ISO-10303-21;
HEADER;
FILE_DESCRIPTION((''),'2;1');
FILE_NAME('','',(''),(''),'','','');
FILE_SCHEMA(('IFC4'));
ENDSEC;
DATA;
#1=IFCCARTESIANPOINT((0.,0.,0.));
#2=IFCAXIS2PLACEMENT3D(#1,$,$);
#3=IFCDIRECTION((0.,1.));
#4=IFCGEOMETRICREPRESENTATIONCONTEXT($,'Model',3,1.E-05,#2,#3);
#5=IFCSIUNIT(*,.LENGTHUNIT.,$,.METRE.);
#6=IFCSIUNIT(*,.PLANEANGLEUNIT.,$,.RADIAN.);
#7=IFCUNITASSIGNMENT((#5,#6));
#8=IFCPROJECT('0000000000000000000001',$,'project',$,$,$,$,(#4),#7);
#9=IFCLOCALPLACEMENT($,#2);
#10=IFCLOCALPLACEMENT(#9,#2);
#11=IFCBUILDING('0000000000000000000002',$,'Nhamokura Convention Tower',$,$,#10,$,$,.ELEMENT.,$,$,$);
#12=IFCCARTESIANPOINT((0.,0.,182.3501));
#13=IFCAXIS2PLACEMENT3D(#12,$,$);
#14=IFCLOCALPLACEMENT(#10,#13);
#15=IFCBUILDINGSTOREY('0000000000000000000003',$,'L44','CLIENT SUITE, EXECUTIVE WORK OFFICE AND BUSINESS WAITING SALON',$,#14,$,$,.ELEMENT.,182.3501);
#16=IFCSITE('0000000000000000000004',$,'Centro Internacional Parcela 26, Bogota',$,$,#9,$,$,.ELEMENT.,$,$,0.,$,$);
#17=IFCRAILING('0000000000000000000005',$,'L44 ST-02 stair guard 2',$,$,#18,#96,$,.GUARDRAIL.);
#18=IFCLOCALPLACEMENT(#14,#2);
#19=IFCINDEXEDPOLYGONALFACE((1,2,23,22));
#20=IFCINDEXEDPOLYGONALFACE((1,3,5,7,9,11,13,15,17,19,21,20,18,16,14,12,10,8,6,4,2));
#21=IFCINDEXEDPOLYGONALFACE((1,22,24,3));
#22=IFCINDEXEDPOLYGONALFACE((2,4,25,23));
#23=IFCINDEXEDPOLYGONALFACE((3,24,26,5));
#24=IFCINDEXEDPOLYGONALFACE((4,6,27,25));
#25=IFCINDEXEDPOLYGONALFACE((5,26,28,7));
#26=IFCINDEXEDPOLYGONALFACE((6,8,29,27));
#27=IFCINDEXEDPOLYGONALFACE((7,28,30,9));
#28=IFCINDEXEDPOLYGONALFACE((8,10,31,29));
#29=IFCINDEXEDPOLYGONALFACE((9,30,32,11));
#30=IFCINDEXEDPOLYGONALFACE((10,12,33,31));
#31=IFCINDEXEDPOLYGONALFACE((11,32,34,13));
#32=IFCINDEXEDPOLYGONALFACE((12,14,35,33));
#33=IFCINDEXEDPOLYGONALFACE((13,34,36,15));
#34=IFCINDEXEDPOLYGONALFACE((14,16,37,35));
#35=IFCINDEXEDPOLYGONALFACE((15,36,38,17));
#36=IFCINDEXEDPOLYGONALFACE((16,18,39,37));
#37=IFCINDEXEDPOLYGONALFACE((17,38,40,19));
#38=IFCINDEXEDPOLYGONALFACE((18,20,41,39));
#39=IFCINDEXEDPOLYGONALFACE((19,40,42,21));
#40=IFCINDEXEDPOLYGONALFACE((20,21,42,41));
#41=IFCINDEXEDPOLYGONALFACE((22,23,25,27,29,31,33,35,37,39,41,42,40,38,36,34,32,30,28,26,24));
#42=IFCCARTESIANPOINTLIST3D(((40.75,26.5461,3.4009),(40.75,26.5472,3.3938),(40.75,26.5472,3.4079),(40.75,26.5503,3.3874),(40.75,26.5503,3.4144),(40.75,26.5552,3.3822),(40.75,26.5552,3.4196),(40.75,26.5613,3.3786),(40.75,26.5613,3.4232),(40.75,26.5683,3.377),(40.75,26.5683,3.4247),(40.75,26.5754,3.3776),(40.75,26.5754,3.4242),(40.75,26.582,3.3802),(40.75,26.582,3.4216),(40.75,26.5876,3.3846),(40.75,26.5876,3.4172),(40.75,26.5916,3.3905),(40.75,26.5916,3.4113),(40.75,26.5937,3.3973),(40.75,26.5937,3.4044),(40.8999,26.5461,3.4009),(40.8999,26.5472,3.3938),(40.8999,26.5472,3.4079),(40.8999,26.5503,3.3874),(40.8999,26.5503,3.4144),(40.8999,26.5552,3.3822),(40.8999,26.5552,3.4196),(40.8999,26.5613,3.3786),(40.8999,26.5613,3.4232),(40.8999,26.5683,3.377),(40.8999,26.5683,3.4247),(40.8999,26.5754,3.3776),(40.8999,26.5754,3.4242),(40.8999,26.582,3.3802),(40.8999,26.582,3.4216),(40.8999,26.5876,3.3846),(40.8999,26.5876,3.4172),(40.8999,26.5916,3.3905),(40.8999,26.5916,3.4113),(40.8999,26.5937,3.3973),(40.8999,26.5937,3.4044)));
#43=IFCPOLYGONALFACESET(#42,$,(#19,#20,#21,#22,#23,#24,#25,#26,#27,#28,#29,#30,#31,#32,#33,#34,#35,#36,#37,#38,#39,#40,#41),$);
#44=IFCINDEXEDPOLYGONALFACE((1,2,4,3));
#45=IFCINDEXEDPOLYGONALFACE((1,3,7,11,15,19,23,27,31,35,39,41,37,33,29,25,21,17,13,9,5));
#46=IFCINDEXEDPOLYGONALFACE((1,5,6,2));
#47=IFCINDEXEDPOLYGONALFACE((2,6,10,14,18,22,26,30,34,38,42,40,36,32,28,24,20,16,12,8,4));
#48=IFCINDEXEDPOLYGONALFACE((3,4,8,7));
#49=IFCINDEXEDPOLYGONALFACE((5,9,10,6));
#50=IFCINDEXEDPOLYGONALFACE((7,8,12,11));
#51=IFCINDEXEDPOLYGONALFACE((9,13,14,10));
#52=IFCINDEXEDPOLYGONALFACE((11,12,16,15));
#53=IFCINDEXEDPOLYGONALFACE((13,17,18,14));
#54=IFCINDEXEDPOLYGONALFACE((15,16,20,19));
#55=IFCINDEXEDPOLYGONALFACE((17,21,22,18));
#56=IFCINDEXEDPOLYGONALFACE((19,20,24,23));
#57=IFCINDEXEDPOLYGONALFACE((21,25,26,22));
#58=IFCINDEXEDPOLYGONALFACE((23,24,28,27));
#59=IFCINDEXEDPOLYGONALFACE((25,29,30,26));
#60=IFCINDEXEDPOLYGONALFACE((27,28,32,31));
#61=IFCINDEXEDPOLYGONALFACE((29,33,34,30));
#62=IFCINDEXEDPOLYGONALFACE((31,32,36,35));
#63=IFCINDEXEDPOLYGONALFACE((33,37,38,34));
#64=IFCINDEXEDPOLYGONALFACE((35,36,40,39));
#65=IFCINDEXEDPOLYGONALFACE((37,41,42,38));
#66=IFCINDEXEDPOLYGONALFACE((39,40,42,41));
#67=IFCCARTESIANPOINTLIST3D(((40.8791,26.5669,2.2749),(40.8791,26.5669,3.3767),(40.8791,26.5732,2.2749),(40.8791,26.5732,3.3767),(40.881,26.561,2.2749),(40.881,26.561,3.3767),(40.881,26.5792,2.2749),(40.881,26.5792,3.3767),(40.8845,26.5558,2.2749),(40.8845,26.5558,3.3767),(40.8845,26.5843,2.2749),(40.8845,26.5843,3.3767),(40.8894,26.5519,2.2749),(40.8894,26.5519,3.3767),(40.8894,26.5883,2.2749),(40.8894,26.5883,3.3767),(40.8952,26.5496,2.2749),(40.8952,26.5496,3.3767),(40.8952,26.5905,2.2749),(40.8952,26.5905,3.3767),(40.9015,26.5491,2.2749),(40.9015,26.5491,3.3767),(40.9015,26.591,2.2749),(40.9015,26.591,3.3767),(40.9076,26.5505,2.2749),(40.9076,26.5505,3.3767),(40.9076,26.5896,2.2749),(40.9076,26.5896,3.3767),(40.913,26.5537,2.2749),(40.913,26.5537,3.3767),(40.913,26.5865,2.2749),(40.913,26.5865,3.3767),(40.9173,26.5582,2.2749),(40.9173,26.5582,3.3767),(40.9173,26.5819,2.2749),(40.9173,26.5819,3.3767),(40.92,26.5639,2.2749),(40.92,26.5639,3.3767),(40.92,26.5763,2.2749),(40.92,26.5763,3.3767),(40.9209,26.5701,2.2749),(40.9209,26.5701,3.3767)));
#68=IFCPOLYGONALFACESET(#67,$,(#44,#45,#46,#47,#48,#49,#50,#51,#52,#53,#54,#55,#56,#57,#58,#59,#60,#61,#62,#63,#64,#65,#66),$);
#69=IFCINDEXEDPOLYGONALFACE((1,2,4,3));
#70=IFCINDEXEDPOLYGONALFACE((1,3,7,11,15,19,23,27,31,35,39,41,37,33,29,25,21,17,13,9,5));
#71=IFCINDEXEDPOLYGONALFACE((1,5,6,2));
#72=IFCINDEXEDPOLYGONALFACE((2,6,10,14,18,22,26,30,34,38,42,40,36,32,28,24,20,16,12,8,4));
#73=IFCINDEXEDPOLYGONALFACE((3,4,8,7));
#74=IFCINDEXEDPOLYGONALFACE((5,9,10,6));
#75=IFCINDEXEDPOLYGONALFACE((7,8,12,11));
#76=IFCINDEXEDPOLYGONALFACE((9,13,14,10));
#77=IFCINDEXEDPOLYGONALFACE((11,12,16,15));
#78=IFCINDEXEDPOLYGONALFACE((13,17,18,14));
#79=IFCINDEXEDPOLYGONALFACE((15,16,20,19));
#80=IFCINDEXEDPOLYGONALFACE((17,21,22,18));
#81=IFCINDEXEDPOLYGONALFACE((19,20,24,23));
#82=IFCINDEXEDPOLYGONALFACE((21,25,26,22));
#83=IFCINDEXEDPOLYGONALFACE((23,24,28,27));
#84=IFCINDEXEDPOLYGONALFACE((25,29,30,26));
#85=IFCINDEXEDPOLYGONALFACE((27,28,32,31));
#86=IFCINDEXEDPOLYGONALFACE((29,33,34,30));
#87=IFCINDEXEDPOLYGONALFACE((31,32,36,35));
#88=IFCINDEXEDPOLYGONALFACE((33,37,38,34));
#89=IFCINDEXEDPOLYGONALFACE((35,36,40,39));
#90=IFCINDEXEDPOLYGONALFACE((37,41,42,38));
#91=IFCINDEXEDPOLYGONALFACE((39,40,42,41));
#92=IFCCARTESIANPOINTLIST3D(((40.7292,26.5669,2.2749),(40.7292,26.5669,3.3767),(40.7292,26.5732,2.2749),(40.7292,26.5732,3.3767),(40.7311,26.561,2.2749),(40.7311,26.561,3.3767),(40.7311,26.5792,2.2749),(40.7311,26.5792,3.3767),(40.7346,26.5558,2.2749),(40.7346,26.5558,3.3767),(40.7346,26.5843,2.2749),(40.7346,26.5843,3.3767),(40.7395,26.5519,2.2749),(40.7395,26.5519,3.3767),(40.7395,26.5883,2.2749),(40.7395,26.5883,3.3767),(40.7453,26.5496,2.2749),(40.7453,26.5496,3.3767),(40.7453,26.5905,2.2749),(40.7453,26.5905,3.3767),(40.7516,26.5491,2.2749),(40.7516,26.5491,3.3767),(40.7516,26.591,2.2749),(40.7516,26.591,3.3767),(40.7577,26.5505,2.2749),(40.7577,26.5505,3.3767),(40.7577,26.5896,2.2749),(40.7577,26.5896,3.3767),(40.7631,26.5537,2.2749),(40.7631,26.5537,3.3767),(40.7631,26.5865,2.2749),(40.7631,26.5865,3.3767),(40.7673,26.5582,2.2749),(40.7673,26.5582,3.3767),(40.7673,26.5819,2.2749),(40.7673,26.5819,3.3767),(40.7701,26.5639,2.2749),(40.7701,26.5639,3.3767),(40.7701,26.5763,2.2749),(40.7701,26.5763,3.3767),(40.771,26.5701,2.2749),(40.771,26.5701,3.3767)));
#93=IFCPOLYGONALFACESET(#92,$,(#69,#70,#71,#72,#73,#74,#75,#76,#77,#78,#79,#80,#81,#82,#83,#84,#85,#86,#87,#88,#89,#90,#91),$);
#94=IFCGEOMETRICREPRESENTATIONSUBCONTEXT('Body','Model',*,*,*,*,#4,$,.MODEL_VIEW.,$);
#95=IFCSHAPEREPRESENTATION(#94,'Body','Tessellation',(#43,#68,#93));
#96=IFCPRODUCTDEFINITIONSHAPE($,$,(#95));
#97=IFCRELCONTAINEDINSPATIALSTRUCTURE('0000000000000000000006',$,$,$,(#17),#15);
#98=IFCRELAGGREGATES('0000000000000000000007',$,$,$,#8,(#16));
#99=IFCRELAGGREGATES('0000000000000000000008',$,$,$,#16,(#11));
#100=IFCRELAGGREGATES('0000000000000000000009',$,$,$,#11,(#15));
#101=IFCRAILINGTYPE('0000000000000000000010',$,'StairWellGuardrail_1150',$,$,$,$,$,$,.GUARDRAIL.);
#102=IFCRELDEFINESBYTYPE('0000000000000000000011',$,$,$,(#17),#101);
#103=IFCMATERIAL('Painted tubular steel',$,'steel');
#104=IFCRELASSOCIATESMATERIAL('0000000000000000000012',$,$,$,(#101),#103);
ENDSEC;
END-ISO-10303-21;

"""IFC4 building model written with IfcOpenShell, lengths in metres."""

from ifc_helpers import new_model, si_unit, direction, frame, origin, origin_2d, place, context, subcontext, project, spatial, circle, extrude, material, type_object, element, save


model = new_model("IFC4")

# Units and contexts
model_context = context("Model", 3, precision=1e-05, world=origin(), true_north=direction((0.0, 1.0)))
body_context = subcontext(model_context, "Body", "Model", "MODEL_VIEW")
ifc_project = project(units=[si_unit("LENGTHUNIT", "METRE"), si_unit("PLANEANGLEUNIT", "RADIAN")], contexts=[model_context])

# Site, building, storey
site_placement = place(None, origin())
site = spatial("IfcSite", under=ifc_project, at=site_placement, Name="Centro Internacional Parcela 26, Bogota", CompositionType="ELEMENT", RefElevation=0.0)
building_placement = place(site_placement, origin())
building = spatial("IfcBuilding", under=site, at=building_placement, Name="Nhamokura Convention Tower", CompositionType="ELEMENT")
storey_placement = place(building_placement, frame((0.0, 0.0, 182.3501)))
storey = spatial("IfcBuildingStorey", under=building, at=storey_placement, Name="L44", Description="CLIENT SUITE, EXECUTIVE WORK OFFICE AND BUSINESS WAITING SALON", CompositionType="ELEMENT", Elevation=182.3501)

# Railing
ifc_material_1 = material(Name="Painted tubular steel", Category="steel")
railing_type_1 = type_object("IfcRailingType", Name="StairWellGuardrail_1150", PredefinedType="GUARDRAIL", material=ifc_material_1)
railing_1_placement = place(storey_placement, frame((40.8999, 26.5701, 2.2749)))
element("IfcRailing", 1, at=railing_1_placement, inside=storey, type_object=railing_type_1, Name="L44 ST-02 stair guard 2", PredefinedType="GUARDRAIL", context=body_context, shape_type="SweptSolid", body=[
    extrude(circle(Radius=0.0239, at=origin_2d()), frame((0.0, 0.0, 1.126), z_axis=(-1.0, 0.0, 0.0), x_axis=(0.0, -1.0, 0.0)), (0.0, 0.0, 1.0), 0.1499),
    extrude(circle(Radius=0.021, at=origin_2d()), origin(), (0.0, 0.0, 1.0), 1.1018),
    extrude(circle(Radius=0.021, at=origin_2d()), frame((-0.1499, 0.0, 0.0)), (0.0, 0.0, 1.0), 1.1018),
])

save(model, "model.ifc")
